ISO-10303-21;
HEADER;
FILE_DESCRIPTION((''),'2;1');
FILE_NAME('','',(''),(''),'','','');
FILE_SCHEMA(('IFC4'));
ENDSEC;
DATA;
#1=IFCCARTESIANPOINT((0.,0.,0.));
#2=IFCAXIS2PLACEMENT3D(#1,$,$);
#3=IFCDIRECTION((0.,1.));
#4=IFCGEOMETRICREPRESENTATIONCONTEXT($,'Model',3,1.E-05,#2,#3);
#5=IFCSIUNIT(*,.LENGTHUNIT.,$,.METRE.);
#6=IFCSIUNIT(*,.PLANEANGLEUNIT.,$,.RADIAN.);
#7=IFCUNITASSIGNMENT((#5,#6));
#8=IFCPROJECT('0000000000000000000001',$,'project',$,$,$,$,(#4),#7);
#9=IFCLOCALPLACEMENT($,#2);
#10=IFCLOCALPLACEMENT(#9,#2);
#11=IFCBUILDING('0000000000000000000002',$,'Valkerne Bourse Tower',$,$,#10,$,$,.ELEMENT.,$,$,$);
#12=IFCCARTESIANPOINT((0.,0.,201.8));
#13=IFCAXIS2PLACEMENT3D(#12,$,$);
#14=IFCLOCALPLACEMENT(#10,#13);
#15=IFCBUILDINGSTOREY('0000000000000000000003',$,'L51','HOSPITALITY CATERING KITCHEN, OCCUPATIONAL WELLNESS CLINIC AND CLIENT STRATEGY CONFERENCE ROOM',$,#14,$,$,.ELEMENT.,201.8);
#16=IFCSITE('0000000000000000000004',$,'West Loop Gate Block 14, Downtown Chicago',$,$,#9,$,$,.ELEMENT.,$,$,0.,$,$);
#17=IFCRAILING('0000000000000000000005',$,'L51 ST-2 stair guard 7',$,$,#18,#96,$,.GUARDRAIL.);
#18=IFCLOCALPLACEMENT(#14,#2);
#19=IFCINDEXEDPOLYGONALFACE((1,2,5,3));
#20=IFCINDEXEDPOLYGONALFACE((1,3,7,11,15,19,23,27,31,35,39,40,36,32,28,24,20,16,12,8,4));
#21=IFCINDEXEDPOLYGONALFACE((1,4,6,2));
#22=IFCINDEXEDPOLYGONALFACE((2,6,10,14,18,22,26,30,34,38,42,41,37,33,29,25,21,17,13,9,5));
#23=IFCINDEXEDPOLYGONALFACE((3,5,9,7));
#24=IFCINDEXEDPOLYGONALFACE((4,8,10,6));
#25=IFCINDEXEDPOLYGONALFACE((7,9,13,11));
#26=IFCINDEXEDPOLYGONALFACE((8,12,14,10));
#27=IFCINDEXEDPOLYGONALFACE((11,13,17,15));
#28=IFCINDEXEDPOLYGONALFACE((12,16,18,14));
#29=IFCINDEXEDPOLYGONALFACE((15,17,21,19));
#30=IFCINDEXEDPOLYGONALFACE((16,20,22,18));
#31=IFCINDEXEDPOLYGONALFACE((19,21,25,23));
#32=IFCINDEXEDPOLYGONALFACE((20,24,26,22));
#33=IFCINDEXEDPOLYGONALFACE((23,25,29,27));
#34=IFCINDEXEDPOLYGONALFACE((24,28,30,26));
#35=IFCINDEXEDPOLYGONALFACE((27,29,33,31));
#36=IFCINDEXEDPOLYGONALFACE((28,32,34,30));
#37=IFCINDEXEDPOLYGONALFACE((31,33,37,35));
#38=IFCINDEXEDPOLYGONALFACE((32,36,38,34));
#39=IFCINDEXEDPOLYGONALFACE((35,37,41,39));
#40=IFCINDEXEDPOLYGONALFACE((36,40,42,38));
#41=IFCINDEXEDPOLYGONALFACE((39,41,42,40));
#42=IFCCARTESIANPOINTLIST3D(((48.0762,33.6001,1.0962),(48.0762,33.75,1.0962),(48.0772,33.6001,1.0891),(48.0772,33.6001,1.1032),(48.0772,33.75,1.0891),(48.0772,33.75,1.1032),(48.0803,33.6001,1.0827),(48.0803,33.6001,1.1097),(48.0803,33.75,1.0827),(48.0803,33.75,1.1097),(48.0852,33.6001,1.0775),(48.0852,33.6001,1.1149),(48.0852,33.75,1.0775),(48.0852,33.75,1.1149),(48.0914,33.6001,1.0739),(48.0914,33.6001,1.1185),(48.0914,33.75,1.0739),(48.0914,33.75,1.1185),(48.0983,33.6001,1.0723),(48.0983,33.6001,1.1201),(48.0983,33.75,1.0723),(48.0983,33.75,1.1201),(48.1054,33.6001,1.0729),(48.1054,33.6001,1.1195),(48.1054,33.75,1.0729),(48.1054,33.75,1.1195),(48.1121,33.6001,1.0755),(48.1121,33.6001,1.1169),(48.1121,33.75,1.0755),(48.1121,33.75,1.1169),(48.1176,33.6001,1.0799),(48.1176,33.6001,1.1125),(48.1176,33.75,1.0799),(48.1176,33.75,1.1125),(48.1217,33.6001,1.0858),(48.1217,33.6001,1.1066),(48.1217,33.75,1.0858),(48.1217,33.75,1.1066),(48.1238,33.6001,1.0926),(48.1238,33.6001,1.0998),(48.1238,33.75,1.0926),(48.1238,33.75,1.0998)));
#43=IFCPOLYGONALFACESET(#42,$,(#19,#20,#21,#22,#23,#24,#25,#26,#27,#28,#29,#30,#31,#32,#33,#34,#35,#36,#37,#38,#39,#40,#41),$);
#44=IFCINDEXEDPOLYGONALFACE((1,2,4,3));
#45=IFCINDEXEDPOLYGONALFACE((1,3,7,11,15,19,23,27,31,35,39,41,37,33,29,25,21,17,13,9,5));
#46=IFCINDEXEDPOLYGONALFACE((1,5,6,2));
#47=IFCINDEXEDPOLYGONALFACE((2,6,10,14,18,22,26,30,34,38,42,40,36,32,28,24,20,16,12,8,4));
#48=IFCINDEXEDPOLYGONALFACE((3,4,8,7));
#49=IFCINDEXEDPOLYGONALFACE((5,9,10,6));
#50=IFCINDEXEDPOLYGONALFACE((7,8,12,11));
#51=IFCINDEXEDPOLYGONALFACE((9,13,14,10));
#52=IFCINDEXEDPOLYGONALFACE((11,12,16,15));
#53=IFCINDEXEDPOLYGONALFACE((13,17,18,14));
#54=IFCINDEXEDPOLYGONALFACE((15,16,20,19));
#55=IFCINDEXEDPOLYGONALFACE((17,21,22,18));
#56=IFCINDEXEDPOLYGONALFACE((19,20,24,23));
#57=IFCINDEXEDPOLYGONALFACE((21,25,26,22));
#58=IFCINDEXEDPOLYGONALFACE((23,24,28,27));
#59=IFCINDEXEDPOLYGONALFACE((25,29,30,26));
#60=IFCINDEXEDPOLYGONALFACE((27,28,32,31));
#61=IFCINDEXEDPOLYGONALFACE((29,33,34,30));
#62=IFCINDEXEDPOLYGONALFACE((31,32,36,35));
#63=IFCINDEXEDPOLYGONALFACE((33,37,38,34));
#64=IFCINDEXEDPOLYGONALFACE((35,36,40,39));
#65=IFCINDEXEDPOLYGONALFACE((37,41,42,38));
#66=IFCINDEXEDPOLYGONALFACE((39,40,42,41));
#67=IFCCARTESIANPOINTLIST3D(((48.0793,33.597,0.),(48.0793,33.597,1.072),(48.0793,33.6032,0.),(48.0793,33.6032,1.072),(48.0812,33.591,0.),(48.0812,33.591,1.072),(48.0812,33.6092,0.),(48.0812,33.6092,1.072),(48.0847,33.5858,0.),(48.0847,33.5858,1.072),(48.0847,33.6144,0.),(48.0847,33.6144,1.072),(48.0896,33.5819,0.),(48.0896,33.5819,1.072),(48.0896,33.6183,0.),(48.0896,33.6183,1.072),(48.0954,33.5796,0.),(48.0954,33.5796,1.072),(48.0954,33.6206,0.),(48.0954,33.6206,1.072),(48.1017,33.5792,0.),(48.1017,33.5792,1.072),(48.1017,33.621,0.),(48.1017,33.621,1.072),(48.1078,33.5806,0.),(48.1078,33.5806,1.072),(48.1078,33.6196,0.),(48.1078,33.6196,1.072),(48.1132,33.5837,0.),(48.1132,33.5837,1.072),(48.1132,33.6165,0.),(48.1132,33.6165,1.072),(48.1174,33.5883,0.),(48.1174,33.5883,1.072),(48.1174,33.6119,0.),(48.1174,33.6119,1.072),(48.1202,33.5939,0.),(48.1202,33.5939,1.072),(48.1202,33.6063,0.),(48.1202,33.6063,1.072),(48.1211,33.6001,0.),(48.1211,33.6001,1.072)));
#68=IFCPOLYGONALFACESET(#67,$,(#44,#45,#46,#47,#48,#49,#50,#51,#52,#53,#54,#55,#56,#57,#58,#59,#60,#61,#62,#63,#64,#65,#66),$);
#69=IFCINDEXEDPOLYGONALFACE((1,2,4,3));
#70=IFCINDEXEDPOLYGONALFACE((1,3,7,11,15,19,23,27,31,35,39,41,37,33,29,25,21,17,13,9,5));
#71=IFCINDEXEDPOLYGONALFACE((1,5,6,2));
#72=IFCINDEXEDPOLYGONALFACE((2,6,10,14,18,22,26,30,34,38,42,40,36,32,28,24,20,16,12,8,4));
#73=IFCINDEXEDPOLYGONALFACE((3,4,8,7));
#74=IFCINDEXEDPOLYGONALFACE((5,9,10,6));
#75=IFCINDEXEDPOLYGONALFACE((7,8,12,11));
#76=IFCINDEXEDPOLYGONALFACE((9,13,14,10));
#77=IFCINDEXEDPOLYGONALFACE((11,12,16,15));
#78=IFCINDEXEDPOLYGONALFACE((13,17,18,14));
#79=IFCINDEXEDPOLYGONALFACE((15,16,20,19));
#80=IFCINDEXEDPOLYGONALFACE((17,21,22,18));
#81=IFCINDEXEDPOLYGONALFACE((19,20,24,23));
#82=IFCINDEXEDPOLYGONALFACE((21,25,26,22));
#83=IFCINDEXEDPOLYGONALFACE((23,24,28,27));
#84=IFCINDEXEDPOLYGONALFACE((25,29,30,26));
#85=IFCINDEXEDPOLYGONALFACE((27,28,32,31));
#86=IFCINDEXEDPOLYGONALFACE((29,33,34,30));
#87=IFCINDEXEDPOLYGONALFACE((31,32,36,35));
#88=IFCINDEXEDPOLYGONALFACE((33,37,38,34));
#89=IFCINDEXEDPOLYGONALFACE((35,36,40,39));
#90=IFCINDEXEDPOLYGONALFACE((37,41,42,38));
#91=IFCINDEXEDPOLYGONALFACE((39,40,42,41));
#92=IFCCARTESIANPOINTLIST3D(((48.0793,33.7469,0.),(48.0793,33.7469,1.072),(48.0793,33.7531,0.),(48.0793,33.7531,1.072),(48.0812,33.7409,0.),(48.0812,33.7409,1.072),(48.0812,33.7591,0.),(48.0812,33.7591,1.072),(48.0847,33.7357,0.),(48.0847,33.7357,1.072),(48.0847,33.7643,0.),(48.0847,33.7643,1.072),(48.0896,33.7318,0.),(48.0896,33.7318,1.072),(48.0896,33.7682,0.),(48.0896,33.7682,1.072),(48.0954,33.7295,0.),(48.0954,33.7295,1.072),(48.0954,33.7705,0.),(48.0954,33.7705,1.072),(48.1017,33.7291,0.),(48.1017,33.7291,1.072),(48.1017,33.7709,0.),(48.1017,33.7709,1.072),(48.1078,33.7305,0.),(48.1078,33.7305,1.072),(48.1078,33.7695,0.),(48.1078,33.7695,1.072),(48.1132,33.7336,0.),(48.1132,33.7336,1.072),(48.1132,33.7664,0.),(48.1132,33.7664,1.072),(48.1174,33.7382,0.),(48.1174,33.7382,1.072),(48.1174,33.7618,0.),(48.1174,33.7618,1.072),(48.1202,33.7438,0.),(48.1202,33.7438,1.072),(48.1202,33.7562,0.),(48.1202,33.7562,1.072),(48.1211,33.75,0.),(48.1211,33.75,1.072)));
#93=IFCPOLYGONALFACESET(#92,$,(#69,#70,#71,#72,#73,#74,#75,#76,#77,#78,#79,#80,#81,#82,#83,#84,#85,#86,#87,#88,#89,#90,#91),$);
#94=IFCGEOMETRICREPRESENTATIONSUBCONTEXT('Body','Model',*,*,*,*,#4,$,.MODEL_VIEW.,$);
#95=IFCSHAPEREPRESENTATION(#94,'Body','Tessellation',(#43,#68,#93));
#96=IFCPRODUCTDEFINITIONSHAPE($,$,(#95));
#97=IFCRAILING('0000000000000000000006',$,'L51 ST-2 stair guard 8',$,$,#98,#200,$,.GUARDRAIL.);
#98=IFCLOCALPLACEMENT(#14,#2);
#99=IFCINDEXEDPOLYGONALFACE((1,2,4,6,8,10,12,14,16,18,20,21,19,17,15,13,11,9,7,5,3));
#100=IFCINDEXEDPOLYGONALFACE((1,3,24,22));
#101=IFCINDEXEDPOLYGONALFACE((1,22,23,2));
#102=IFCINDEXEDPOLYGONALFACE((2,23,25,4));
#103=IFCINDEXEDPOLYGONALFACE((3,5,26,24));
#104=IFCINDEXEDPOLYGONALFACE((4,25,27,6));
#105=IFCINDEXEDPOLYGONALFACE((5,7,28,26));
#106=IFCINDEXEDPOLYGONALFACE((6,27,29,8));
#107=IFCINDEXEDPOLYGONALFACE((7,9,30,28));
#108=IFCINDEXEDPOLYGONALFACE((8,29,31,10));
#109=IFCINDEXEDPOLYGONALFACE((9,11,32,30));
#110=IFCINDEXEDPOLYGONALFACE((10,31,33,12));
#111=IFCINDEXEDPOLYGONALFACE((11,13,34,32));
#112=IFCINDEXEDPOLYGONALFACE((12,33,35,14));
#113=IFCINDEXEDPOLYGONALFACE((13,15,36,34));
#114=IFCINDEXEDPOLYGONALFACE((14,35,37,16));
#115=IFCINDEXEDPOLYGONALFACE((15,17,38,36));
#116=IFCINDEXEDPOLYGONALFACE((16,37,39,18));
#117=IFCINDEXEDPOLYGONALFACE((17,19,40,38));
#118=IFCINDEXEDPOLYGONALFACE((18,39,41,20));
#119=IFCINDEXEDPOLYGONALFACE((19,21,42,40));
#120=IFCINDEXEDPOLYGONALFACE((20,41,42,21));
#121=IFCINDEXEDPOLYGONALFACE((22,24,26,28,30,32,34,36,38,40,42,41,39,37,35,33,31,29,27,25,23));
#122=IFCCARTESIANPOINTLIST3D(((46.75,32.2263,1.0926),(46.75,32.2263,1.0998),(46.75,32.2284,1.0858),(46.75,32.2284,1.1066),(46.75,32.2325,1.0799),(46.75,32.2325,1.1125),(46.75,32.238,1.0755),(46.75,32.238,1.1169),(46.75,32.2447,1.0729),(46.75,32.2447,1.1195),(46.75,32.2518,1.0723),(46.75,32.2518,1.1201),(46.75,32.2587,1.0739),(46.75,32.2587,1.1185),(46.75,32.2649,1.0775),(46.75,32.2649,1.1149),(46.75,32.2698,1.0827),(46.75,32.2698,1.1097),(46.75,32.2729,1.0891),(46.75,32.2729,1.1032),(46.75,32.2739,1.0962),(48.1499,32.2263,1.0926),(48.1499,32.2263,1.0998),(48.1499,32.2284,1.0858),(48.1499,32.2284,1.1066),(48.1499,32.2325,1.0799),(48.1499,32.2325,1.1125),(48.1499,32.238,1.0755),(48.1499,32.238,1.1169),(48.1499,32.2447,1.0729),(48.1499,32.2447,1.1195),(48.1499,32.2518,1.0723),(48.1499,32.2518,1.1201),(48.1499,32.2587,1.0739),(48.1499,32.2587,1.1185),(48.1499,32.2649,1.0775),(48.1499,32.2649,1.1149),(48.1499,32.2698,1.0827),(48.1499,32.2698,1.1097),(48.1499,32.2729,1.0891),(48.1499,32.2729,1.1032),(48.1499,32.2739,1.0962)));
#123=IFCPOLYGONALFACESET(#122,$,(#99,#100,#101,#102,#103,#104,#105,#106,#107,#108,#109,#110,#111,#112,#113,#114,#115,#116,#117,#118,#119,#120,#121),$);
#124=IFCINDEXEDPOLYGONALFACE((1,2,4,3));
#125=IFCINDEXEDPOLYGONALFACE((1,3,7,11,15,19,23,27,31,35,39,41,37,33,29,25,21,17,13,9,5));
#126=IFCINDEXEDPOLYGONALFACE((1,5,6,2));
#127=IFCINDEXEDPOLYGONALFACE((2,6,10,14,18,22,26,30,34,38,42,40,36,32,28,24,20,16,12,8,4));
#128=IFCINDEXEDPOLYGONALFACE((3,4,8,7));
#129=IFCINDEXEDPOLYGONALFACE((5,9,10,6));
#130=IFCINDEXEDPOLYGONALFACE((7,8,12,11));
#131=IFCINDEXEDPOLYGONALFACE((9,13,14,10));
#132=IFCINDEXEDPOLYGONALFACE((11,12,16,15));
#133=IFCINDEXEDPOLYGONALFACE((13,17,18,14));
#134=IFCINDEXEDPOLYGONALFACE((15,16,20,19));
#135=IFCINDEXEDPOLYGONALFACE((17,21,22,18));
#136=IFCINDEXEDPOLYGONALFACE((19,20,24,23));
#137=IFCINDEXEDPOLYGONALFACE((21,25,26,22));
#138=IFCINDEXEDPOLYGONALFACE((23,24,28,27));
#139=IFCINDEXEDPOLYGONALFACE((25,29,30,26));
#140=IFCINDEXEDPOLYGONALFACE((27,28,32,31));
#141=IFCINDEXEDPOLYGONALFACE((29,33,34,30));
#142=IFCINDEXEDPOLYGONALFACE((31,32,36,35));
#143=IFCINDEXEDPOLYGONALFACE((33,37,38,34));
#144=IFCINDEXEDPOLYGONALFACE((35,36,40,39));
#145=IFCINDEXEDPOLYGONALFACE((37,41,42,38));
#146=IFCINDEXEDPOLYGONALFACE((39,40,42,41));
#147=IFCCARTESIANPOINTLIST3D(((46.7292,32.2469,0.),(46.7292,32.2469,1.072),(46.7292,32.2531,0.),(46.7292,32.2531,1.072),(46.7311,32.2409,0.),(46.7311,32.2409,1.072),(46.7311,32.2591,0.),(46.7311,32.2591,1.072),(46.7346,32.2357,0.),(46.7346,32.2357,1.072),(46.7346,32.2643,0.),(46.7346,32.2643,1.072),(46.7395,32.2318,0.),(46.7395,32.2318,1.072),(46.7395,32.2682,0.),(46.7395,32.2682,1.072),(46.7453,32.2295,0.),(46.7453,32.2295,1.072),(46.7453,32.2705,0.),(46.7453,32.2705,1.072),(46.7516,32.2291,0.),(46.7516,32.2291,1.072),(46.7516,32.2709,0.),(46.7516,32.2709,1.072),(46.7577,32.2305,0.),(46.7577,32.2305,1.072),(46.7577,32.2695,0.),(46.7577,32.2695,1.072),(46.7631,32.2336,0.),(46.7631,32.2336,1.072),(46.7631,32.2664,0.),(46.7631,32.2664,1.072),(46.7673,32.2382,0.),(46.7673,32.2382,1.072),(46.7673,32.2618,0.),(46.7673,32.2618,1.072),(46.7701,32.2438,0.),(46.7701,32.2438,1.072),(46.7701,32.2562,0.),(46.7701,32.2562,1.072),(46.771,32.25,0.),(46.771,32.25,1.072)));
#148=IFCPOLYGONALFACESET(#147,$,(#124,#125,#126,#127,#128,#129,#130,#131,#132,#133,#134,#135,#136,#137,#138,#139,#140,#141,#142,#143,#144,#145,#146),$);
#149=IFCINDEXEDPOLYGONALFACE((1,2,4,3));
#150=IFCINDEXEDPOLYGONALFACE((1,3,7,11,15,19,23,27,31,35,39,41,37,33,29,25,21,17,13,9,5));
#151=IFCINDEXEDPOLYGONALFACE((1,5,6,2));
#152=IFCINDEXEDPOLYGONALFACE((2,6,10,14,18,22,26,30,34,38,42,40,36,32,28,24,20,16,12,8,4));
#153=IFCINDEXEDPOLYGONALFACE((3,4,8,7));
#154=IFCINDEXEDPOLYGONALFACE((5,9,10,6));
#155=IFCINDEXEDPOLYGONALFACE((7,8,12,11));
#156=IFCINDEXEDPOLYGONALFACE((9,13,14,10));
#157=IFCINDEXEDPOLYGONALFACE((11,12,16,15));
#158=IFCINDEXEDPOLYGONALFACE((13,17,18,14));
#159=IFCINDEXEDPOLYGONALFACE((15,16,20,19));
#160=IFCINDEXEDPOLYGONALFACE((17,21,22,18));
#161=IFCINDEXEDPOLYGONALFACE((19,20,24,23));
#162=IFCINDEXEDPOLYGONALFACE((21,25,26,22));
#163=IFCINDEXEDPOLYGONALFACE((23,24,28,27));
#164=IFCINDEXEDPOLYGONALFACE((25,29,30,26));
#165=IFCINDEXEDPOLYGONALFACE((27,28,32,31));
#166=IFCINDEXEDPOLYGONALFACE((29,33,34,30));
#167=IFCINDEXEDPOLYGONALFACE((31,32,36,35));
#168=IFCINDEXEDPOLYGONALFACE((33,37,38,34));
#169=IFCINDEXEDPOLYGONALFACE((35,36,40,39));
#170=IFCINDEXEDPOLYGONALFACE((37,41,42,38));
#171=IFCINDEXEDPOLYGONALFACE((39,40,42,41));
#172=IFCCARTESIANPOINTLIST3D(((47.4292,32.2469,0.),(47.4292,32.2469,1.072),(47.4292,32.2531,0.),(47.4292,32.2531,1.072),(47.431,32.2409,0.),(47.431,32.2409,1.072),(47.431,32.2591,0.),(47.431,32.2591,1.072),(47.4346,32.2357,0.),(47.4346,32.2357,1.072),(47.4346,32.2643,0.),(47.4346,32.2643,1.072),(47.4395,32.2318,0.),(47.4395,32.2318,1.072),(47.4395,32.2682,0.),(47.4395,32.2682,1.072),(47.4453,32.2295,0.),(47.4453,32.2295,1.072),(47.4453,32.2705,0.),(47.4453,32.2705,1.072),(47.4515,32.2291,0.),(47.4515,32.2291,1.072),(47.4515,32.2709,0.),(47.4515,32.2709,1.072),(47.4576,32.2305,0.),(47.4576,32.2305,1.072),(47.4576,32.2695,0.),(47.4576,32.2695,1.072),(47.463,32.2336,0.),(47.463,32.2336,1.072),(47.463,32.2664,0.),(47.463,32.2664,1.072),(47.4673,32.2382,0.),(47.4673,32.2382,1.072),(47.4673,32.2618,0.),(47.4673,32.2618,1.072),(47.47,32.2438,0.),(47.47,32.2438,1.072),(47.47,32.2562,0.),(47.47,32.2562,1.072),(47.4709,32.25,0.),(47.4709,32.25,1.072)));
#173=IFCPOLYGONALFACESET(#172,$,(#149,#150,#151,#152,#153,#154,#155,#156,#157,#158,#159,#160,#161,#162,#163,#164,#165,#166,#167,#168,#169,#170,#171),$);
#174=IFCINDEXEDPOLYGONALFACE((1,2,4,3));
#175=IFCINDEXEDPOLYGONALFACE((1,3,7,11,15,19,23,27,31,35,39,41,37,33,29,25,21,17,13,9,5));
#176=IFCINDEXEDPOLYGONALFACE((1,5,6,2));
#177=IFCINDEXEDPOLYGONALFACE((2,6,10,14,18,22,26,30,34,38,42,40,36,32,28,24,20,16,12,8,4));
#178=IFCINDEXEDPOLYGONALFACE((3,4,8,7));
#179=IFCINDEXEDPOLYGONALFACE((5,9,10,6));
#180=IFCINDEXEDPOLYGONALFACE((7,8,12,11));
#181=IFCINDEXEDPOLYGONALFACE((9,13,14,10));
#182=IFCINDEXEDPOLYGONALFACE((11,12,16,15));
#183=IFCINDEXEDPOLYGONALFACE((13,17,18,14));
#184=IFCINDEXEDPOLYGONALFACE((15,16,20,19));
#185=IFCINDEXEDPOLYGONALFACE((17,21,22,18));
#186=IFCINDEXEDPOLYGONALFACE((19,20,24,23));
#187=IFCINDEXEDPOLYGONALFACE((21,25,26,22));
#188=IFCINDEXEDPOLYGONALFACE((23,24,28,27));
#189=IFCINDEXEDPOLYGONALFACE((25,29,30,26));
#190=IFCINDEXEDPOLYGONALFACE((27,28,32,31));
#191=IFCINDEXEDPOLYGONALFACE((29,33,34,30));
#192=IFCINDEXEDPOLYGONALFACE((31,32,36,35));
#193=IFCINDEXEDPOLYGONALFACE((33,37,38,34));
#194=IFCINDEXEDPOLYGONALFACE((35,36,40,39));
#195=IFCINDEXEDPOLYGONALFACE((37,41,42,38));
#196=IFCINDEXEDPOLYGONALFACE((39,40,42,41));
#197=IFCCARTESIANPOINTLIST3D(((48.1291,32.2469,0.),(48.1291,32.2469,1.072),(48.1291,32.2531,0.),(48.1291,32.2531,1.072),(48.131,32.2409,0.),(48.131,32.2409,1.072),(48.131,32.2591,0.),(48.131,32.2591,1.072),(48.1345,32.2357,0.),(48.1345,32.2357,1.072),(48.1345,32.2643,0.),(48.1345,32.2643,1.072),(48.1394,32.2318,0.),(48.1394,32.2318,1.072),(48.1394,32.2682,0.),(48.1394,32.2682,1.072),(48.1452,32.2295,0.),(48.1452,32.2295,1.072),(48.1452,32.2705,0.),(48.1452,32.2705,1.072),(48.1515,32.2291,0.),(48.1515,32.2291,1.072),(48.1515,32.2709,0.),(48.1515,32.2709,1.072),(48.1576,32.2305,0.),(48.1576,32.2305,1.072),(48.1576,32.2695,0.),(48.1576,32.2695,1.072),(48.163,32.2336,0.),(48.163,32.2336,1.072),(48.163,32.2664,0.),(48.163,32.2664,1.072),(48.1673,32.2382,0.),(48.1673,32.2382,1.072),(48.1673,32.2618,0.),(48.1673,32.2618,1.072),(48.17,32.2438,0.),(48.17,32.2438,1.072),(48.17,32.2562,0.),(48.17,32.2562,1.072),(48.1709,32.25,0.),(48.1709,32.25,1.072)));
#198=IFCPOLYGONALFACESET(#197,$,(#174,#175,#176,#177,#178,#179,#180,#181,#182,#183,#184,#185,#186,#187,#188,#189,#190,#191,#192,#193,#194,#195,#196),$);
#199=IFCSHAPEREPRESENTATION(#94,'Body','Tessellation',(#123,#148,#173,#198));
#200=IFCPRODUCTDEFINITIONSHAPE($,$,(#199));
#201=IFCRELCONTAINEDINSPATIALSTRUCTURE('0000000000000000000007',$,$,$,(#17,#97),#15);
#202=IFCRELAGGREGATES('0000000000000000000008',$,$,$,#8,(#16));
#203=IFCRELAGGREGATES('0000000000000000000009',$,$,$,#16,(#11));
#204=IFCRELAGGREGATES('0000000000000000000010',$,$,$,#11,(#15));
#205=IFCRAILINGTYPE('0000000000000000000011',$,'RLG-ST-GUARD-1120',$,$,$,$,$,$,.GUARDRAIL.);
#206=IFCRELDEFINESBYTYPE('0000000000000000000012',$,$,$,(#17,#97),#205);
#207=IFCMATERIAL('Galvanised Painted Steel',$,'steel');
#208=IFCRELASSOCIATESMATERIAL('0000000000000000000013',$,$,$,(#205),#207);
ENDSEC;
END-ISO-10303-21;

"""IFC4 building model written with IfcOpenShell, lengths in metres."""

from ifc_helpers import new_model, si_unit, direction, frame, origin, origin_2d, place, context, subcontext, project, spatial, circle, extrude, material, type_object, element, save


model = new_model("IFC4")

# Units and contexts
model_context = context("Model", 3, precision=1e-05, world=origin(), true_north=direction((0.0, 1.0)))
body_context = subcontext(model_context, "Body", "Model", "MODEL_VIEW")
ifc_project = project(units=[si_unit("LENGTHUNIT", "METRE"), si_unit("PLANEANGLEUNIT", "RADIAN")], contexts=[model_context])

# Site, building, storey
site_placement = place(None, origin())
site = spatial("IfcSite", under=ifc_project, at=site_placement, Name="West Loop Gate Block 14, Downtown Chicago", CompositionType="ELEMENT", RefElevation=0.0)
building_placement = place(site_placement, origin())
building = spatial("IfcBuilding", under=site, at=building_placement, Name="Valkerne Bourse Tower", CompositionType="ELEMENT")
storey_placement = place(building_placement, frame((0.0, 0.0, 201.8)))
storey = spatial("IfcBuildingStorey", under=building, at=storey_placement, Name="L51", Description="HOSPITALITY CATERING KITCHEN, OCCUPATIONAL WELLNESS CLINIC AND CLIENT STRATEGY CONFERENCE ROOM", CompositionType="ELEMENT", Elevation=201.8)

# Shared definitions
ifc_material_1 = material(Name="Galvanised Painted Steel", Category="steel")

# Railings
railing_type_1 = type_object("IfcRailingType", Name="RLG-ST-GUARD-1120", PredefinedType="GUARDRAIL", material=ifc_material_1)
railing_1_placement = place(storey_placement, frame((48.1001, 33.6001, 0.0)))
element("IfcRailing", 1, at=railing_1_placement, inside=storey, type_object=railing_type_1, Name="L51 ST-2 stair guard 7", PredefinedType="GUARDRAIL", context=body_context, shape_type="SweptSolid", body=[
    extrude(circle(Radius=0.0239, at=origin_2d()), frame((0.0, 0.0, 1.0962), z_axis=(0.0, 1.0, 0.0), x_axis=(-1.0, 0.0, 0.0)), (0.0, 0.0, 1.0), 0.1499),
    extrude(circle(Radius=0.021, at=origin_2d()), origin(), (0.0, 0.0, 1.0), 1.072),
    extrude(circle(Radius=0.021, at=origin_2d()), frame((0.0, 0.1499, 0.0)), (0.0, 0.0, 1.0), 1.072),
])
for number, where, name in (
    (2, (46.75, 32.25, 0.0), "L51 ST-2 stair guard 8"),
):
    element("IfcRailing", number, at=place(storey_placement, frame(where)), inside=storey, type_object=railing_type_1, Name=name, PredefinedType="GUARDRAIL", context=body_context, shape_type="SweptSolid", body=[
        extrude(circle(Radius=0.0239, at=origin_2d()), frame((0.0, 0.0, 1.0962), z_axis=(1.0, 0.0, 0.0), x_axis=(0.0, 1.0, 0.0)), (0.0, 0.0, 1.0), 1.3999),
        extrude(circle(Radius=0.021, at=origin_2d()), origin(), (0.0, 0.0, 1.0), 1.072),
        extrude(circle(Radius=0.021, at=origin_2d()), frame((0.7, 0.0, 0.0)), (0.0, 0.0, 1.0), 1.072),
        extrude(circle(Radius=0.021, at=origin_2d()), frame((1.3999, 0.0, 0.0)), (0.0, 0.0, 1.0), 1.072),
    ])

save(model, "model.ifc")
